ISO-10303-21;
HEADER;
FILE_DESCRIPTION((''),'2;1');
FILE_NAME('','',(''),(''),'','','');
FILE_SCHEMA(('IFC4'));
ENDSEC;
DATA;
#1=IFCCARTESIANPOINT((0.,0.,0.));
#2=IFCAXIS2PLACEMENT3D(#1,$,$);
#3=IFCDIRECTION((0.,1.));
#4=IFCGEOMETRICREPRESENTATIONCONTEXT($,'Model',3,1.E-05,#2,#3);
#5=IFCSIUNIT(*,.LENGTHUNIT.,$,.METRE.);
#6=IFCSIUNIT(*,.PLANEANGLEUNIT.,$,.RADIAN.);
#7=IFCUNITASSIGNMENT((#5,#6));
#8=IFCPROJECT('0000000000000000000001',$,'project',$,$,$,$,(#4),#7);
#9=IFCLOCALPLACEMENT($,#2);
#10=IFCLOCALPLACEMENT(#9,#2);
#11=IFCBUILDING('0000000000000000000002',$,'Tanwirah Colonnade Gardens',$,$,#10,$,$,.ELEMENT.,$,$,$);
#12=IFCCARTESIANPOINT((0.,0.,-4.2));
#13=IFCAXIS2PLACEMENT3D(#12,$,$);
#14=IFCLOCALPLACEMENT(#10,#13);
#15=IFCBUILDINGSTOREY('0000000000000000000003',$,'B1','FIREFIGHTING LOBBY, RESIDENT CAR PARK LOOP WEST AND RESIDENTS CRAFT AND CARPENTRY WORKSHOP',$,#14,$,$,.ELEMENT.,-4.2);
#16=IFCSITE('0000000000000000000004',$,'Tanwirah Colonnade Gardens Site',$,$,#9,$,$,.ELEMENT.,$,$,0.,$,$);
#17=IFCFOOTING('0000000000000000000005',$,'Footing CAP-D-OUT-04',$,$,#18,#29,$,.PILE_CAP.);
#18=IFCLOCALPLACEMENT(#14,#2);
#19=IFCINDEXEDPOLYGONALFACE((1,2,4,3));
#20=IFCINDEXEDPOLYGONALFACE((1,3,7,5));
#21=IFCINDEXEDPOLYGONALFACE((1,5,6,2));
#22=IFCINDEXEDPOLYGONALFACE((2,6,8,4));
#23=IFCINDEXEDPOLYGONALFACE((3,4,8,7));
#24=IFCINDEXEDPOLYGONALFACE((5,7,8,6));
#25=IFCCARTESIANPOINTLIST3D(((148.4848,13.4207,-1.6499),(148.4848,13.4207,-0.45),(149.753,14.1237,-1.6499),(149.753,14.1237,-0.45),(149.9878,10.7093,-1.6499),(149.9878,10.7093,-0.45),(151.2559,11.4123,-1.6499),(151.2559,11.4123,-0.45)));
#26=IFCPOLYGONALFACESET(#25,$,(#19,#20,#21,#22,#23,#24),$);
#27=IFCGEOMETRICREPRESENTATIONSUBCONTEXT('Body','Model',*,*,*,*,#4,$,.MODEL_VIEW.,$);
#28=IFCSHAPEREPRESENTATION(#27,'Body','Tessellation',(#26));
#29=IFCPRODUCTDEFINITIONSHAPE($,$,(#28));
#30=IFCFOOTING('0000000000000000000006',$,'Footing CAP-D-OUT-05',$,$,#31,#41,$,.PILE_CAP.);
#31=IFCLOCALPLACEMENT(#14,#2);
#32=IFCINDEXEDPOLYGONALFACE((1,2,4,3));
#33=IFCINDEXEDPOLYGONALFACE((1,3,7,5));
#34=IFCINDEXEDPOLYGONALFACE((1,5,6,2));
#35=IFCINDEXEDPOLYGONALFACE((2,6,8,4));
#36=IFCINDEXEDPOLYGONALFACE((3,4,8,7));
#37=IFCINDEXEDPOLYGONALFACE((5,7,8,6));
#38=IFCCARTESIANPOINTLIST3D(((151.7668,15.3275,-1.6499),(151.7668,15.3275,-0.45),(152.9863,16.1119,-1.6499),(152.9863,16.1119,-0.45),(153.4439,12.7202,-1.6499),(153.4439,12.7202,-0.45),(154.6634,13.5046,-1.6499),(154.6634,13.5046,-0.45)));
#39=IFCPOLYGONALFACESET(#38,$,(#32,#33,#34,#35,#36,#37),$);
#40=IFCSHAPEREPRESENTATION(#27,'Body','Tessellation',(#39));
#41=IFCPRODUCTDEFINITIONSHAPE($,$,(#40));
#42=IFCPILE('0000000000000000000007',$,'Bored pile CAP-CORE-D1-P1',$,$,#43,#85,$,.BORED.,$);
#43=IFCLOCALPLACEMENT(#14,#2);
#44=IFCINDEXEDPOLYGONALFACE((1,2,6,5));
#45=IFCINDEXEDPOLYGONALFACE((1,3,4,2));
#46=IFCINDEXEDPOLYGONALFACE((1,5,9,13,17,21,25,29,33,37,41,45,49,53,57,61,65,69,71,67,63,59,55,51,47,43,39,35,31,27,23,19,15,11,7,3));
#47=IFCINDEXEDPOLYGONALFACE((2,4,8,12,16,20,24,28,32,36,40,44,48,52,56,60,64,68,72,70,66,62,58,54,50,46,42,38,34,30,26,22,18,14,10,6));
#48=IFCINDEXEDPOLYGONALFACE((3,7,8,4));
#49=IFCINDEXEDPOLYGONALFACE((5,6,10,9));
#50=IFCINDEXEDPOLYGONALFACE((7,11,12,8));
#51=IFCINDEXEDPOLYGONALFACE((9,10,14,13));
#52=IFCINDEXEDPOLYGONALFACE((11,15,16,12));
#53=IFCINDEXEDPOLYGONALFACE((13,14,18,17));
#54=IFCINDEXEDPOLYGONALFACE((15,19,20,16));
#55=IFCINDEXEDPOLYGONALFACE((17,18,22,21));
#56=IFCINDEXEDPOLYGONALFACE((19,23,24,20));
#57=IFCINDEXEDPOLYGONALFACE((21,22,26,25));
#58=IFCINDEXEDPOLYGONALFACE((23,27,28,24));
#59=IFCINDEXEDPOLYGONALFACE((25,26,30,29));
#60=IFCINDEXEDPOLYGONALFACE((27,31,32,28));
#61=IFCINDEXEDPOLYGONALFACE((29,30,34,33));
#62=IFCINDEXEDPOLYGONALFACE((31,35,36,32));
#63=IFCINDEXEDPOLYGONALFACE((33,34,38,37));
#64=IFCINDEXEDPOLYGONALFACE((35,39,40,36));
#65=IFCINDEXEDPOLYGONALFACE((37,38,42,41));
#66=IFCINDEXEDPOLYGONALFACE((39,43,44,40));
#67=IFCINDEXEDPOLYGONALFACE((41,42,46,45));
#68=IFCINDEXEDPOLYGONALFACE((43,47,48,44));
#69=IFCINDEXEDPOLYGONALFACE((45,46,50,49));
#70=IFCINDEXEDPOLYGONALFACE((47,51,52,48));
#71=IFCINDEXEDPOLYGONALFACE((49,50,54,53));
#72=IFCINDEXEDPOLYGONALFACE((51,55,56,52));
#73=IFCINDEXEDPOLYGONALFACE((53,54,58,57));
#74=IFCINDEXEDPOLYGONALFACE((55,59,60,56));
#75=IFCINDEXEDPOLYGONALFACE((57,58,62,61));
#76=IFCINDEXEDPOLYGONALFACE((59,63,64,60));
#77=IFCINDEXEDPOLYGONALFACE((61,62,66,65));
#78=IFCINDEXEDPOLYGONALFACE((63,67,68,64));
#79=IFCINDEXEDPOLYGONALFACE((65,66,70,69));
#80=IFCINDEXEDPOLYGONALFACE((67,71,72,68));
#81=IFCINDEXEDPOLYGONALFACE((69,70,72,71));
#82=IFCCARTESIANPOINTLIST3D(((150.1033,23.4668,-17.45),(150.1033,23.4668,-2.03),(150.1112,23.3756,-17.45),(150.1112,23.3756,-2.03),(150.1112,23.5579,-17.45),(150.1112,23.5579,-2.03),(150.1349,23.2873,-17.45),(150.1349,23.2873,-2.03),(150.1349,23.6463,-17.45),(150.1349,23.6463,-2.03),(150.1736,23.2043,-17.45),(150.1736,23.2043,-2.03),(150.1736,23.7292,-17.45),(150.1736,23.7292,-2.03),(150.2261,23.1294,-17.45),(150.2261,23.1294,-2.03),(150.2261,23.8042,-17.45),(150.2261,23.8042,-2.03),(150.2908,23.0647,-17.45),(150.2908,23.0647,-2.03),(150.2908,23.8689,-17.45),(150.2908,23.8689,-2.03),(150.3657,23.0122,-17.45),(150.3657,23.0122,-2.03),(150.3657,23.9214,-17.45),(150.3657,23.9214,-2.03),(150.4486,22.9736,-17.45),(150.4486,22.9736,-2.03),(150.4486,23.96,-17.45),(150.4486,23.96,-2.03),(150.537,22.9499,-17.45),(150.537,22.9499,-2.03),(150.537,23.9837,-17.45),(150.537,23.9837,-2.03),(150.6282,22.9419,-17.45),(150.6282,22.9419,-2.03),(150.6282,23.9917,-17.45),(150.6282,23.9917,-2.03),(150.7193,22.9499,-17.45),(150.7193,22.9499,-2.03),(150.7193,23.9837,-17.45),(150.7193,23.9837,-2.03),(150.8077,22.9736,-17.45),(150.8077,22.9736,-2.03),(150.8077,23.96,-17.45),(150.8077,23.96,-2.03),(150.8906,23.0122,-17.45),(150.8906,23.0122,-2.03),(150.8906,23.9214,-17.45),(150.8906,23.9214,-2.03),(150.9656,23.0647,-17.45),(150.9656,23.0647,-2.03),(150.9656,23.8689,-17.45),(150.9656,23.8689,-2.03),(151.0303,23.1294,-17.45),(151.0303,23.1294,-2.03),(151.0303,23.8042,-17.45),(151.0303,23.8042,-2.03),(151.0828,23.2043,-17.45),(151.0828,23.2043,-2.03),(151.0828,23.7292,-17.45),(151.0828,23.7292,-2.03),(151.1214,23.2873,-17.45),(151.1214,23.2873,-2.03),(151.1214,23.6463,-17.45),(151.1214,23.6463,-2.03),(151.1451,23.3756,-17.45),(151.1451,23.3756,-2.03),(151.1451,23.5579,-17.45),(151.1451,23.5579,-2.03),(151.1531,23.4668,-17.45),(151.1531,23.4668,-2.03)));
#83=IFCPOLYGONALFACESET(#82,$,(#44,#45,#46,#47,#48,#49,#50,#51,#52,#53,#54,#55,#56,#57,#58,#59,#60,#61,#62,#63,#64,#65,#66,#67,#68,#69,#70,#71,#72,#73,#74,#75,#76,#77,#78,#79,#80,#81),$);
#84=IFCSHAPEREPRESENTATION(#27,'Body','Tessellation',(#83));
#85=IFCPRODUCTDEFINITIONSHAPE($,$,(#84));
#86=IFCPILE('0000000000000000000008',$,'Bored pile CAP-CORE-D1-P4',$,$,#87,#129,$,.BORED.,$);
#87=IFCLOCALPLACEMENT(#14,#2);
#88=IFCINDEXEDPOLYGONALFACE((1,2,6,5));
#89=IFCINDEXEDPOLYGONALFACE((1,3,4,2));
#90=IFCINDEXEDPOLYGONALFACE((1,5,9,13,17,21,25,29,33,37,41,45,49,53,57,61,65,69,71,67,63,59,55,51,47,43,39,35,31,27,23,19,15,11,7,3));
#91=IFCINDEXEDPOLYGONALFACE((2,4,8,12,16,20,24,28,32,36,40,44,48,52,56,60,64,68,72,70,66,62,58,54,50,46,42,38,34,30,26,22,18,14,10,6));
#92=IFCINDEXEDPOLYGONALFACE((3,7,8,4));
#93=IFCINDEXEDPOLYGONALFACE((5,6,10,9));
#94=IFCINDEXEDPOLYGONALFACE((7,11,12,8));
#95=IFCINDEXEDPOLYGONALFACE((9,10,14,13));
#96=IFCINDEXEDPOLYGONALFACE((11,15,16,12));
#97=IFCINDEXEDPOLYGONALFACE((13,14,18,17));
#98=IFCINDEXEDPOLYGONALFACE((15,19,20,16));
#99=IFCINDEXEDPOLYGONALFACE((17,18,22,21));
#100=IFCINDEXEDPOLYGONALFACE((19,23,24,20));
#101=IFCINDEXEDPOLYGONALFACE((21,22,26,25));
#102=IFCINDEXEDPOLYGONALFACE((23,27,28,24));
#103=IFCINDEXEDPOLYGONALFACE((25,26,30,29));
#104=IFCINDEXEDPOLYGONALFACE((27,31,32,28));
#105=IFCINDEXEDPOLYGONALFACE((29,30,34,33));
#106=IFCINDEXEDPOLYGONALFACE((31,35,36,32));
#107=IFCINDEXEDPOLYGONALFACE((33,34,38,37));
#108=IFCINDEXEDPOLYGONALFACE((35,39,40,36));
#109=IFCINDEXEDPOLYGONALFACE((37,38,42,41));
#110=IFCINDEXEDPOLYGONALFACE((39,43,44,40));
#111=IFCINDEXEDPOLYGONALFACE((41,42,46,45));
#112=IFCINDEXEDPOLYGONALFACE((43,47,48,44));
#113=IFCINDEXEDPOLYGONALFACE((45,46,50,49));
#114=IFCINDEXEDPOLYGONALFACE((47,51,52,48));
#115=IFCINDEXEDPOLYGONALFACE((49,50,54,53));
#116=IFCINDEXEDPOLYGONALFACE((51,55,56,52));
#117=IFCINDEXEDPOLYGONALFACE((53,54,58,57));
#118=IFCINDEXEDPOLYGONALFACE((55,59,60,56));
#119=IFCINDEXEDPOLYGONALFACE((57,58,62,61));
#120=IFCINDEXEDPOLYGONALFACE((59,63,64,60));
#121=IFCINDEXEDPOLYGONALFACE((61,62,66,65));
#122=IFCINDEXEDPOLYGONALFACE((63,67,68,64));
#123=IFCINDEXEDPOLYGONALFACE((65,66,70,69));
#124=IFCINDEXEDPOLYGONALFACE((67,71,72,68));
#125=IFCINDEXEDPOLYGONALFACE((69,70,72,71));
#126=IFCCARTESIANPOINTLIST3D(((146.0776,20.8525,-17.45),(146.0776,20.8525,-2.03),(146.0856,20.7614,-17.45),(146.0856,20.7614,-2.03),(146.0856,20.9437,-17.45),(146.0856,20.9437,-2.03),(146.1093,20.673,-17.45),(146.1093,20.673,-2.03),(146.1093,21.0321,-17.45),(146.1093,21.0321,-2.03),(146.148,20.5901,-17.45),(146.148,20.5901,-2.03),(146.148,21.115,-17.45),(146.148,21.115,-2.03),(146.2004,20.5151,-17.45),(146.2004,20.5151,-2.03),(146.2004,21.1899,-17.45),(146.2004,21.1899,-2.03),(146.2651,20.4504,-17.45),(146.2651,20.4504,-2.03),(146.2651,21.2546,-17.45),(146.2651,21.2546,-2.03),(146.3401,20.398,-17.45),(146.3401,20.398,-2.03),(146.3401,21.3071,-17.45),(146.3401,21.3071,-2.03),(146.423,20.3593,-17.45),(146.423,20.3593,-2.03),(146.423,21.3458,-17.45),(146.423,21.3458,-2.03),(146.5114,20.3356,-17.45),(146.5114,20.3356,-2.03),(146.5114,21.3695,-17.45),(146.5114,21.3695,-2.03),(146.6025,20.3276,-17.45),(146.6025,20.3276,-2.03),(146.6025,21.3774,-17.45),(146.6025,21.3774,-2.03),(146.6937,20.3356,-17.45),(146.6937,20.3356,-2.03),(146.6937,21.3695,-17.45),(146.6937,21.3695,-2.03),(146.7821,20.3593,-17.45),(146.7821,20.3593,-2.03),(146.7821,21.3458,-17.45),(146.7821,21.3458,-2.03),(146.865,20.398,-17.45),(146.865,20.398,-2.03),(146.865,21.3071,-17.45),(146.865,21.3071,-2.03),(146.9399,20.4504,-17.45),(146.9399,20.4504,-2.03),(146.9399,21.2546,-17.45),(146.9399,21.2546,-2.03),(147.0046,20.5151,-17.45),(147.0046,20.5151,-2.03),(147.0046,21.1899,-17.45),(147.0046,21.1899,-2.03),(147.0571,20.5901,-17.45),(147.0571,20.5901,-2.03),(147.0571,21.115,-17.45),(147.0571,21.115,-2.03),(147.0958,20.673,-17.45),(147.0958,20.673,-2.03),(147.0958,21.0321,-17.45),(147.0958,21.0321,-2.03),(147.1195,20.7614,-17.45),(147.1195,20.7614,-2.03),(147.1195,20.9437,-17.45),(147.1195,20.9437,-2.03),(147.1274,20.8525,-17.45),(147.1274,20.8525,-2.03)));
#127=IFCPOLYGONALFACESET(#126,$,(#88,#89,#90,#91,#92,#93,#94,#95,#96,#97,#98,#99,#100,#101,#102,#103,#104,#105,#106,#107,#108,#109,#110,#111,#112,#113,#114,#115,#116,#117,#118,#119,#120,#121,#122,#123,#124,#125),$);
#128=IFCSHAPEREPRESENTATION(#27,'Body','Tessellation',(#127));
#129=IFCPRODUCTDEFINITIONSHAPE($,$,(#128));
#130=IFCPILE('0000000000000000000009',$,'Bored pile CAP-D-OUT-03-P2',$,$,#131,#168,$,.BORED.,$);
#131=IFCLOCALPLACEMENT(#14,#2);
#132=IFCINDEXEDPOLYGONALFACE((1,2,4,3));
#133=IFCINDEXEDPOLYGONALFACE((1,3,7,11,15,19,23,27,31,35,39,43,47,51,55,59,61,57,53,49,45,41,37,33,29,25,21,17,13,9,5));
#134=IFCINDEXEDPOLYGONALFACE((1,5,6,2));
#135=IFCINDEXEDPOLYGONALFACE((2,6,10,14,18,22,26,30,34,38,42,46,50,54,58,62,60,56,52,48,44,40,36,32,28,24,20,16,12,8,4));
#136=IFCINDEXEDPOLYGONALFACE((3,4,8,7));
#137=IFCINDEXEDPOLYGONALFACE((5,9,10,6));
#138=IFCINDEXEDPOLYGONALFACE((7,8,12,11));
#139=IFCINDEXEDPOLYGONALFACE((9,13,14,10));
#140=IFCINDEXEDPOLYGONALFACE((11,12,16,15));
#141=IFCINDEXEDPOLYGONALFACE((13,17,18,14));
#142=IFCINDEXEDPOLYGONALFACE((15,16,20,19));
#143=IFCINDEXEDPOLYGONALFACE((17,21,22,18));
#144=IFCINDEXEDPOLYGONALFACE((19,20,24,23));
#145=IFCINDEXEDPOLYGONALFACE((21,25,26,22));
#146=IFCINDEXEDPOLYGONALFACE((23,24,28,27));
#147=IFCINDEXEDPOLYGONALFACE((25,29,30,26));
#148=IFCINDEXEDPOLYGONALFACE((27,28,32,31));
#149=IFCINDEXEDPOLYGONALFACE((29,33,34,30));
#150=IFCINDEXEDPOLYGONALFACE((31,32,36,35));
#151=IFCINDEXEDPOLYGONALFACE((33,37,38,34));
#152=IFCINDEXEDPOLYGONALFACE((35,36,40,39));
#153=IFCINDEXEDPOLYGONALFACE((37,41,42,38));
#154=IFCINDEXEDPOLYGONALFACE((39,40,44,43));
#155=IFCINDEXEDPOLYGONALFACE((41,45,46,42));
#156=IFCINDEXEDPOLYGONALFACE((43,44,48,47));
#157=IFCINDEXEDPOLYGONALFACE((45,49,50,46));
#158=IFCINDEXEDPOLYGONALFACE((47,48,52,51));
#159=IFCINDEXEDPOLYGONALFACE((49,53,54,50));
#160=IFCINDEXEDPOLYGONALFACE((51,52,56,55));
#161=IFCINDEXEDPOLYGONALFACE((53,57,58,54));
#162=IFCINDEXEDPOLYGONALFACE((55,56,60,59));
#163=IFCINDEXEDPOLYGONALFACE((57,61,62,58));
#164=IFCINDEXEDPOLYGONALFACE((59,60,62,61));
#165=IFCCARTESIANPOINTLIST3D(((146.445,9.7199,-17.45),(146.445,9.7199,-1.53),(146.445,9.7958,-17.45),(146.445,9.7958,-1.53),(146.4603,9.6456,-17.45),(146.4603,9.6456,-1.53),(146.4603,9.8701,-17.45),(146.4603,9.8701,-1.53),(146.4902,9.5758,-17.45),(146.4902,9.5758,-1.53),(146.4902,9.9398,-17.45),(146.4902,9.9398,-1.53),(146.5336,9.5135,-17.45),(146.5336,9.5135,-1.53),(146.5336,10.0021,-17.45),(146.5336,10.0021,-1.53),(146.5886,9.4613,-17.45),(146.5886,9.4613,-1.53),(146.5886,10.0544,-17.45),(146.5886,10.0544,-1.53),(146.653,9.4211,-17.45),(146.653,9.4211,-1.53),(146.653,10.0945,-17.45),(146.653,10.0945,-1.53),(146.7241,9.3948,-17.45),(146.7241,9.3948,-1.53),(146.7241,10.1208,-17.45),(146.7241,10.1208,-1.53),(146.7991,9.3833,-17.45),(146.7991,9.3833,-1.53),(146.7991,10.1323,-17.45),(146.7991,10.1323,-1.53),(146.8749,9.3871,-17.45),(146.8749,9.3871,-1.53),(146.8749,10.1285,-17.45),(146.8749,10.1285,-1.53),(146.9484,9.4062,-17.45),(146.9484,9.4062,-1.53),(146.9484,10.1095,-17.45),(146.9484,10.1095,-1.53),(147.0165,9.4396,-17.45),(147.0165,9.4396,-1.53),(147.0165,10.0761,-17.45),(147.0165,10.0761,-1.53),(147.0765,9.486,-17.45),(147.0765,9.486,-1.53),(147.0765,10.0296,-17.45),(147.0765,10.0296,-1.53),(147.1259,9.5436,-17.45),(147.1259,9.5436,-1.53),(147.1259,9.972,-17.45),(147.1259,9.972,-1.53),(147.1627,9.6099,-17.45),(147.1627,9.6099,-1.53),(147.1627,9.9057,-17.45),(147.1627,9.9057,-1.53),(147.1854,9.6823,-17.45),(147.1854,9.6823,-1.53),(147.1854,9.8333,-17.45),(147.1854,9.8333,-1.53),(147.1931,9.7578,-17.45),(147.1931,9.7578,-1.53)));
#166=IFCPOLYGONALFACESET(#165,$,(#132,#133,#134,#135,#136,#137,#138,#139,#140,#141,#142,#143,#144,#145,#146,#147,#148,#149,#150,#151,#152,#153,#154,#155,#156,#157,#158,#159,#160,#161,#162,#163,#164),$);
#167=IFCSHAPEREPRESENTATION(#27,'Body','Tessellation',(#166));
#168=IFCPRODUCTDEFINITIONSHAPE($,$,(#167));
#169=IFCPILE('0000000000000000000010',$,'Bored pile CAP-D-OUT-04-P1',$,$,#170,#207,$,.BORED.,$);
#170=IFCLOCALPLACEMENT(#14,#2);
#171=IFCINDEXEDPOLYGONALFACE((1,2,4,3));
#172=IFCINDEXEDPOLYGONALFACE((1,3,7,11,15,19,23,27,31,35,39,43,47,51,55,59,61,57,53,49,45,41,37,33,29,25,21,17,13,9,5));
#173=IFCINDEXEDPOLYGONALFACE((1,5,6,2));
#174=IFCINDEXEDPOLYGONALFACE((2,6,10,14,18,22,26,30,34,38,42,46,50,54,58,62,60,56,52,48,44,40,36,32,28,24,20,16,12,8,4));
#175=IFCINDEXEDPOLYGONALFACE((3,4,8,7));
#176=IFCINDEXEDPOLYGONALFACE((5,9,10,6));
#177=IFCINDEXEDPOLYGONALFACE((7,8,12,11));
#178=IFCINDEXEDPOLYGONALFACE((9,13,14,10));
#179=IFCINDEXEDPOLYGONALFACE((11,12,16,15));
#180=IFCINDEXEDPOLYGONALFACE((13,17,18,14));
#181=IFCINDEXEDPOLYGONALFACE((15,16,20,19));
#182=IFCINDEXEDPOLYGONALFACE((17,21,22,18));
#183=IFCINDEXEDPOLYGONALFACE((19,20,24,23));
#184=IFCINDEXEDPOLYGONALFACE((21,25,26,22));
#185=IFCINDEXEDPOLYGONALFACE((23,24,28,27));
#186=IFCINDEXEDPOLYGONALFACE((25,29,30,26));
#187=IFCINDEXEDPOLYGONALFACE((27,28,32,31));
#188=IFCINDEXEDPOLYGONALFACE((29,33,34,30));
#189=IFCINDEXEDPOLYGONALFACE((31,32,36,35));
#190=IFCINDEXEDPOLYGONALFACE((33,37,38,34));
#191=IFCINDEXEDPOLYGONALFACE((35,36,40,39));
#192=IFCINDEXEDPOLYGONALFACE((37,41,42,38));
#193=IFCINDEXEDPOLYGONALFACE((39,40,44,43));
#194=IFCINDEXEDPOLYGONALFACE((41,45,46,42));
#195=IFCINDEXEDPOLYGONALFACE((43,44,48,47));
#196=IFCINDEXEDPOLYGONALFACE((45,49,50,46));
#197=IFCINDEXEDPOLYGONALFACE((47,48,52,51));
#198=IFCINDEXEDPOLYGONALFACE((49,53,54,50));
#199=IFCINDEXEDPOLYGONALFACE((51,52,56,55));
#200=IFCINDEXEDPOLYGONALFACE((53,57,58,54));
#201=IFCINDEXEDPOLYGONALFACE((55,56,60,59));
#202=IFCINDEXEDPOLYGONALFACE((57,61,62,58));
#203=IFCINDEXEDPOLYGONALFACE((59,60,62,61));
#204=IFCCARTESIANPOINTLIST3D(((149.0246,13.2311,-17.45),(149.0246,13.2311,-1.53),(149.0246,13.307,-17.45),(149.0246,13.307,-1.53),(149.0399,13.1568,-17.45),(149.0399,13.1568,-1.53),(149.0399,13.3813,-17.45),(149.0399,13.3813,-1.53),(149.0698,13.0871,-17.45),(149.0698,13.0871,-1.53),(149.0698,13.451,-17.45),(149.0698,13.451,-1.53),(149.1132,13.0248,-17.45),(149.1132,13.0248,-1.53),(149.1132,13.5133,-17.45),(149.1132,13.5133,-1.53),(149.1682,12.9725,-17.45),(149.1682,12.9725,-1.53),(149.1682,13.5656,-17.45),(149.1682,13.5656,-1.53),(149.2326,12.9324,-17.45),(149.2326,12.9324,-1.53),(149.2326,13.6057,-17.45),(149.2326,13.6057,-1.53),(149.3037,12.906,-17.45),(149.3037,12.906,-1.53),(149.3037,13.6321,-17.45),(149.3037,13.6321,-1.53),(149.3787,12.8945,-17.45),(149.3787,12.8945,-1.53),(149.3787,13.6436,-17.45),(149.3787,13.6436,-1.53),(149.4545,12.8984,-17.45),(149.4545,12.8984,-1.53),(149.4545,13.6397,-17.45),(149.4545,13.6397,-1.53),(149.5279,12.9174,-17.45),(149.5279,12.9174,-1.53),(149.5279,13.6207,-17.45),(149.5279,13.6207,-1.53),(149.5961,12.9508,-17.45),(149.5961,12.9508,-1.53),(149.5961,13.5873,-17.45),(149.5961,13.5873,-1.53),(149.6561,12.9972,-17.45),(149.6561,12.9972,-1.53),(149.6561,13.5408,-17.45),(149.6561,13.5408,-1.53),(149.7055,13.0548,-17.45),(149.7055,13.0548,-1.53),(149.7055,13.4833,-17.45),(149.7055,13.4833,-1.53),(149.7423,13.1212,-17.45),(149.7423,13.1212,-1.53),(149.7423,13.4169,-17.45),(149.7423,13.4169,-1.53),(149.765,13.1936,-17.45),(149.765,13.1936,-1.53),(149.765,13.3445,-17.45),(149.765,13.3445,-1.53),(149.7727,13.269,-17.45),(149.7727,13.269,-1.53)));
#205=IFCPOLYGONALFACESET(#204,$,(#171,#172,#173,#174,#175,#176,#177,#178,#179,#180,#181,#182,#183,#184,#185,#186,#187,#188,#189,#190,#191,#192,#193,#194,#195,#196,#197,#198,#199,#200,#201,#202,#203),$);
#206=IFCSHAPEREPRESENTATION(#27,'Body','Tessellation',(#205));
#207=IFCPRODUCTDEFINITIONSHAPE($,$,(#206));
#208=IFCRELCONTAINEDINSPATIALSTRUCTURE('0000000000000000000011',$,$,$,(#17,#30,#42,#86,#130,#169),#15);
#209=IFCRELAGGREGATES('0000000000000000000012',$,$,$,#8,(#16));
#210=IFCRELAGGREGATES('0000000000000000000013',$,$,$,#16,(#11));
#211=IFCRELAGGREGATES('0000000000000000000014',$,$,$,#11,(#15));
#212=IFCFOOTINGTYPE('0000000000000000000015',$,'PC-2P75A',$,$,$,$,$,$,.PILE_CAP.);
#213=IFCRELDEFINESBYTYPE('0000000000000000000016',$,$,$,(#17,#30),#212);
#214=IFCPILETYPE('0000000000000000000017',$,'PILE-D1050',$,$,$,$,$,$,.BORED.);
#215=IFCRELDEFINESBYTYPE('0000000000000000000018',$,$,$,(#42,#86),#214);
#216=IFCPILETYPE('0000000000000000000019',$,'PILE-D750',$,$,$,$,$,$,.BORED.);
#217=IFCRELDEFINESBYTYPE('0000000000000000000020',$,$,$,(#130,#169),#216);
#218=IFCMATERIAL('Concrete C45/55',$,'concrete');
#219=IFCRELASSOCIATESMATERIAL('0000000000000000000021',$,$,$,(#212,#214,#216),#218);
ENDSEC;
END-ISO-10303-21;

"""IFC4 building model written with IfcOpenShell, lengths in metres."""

from ifc_helpers import new_model, si_unit, direction, frame, origin, origin_2d, place, context, subcontext, project, spatial, rectangle, circle, extrude, material, material_profile, profile_set, type_object, element, save


model = new_model("IFC4")

# Units and contexts
model_context = context("Model", 3, precision=1e-05, world=origin(), true_north=direction((0.0, 1.0)))
body_context = subcontext(model_context, "Body", "Model", "MODEL_VIEW")
ifc_project = project(units=[si_unit("LENGTHUNIT", "METRE"), si_unit("PLANEANGLEUNIT", "RADIAN")], contexts=[model_context])

# Site, building, storey
site_placement = place(None, origin())
site = spatial("IfcSite", under=ifc_project, at=site_placement, Name="Tanwirah Colonnade Gardens Site", CompositionType="ELEMENT", RefElevation=0.0)
building_placement = place(site_placement, origin())
building = spatial("IfcBuilding", under=site, at=building_placement, Name="Tanwirah Colonnade Gardens", CompositionType="ELEMENT")
storey_placement = place(building_placement, frame((0.0, 0.0, -4.2)))
storey = spatial("IfcBuildingStorey", under=building, at=storey_placement, Name="B1", Description="FIREFIGHTING LOBBY, RESIDENT CAR PARK LOOP WEST AND RESIDENTS CRAFT AND CARPENTRY WORKSHOP", CompositionType="ELEMENT", Elevation=-4.2)

# Footings
ifc_material_1 = material(Name="Concrete C45/55", Category="concrete")
footing_type = type_object("IfcFootingType", Name="PC-2P75A", PredefinedType="PILE_CAP", material=ifc_material_1)
for number, where, z_axis, x_axis, name in (
    (1, (149.8704, 12.4165, -1.6499), (0.0, 0.0, 1.0), (0.48481, -0.87462, 0.0), "Footing CAP-D-OUT-04"),
    (2, (153.2151, 14.416, -1.6499), (0.0, 0.0, 1.0), (0.540974, -0.841039, 0.0), "Footing CAP-D-OUT-05"),
):
    element("IfcFooting", number, at=place(storey_placement, frame(where, z_axis=z_axis, x_axis=x_axis)), inside=storey, type_object=footing_type, Name=name, PredefinedType="PILE_CAP", context=body_context, shape_type="SweptSolid", body=[
        extrude(rectangle(XDim=3.1001, YDim=1.45, at=origin_2d()), origin(), (0.0, 0.0, 1.0), 1.2),
    ])

# Piles
ifc_material_profile_1 = material_profile(ifc_material_1, circle(Radius=0.5249, at=origin_2d()), Name="PILE D1050")
ifc_profile_set_1 = profile_set([ifc_material_profile_1], Name="Concrete C45/55")
pile_type_1 = type_object("IfcPileType", Name="PILE-D1050", PredefinedType="BORED", material=ifc_profile_set_1)
for number, where, z_axis, x_axis, name in (
    (3, (150.6282, 23.4668, -2.03), (0.0, 0.0, -1.0), (1.0, 0.0, 0.0), "Bored pile CAP-CORE-D1-P1"),
    (4, (146.6025, 20.8525, -2.03), (0.0, 0.0, -1.0), (1.0, 0.0, 0.0), "Bored pile CAP-CORE-D1-P4"),
):
    element("IfcPile", number, at=place(storey_placement, frame(where, z_axis=z_axis, x_axis=x_axis)), inside=storey, type_object=pile_type_1, Name=name, PredefinedType="BORED", context=body_context, shape_type="SweptSolid", body=[
        extrude(circle(Radius=0.5249, at=origin_2d()), origin(), (0.0, 0.0, 1.0), 15.4199),
    ])
ifc_material_profile_2 = material_profile(ifc_material_1, circle(Radius=0.375, at=origin_2d()), Name="PILE D750")
ifc_profile_set_2 = profile_set([ifc_material_profile_2], Name="Concrete C45/55")
pile_type_2 = type_object("IfcPileType", Name="PILE-D750", PredefinedType="BORED", material=ifc_profile_set_2)
for number, where, z_axis, x_axis, name in (
    (5, (146.8181, 9.7578, -1.53), (0.0, 0.0, -1.0), (1.0, 0.0, 0.0), "Bored pile CAP-D-OUT-03-P2"),
    (6, (149.3977, 13.269, -1.53), (0.0, 0.0, -1.0), (1.0, 0.0, 0.0), "Bored pile CAP-D-OUT-04-P1"),
):
    element("IfcPile", number, at=place(storey_placement, frame(where, z_axis=z_axis, x_axis=x_axis)), inside=storey, type_object=pile_type_2, Name=name, PredefinedType="BORED", context=body_context, shape_type="SweptSolid", body=[
        extrude(circle(Radius=0.375, at=origin_2d()), origin(), (0.0, 0.0, 1.0), 15.9199),
    ])

save(model, "model.ifc")
